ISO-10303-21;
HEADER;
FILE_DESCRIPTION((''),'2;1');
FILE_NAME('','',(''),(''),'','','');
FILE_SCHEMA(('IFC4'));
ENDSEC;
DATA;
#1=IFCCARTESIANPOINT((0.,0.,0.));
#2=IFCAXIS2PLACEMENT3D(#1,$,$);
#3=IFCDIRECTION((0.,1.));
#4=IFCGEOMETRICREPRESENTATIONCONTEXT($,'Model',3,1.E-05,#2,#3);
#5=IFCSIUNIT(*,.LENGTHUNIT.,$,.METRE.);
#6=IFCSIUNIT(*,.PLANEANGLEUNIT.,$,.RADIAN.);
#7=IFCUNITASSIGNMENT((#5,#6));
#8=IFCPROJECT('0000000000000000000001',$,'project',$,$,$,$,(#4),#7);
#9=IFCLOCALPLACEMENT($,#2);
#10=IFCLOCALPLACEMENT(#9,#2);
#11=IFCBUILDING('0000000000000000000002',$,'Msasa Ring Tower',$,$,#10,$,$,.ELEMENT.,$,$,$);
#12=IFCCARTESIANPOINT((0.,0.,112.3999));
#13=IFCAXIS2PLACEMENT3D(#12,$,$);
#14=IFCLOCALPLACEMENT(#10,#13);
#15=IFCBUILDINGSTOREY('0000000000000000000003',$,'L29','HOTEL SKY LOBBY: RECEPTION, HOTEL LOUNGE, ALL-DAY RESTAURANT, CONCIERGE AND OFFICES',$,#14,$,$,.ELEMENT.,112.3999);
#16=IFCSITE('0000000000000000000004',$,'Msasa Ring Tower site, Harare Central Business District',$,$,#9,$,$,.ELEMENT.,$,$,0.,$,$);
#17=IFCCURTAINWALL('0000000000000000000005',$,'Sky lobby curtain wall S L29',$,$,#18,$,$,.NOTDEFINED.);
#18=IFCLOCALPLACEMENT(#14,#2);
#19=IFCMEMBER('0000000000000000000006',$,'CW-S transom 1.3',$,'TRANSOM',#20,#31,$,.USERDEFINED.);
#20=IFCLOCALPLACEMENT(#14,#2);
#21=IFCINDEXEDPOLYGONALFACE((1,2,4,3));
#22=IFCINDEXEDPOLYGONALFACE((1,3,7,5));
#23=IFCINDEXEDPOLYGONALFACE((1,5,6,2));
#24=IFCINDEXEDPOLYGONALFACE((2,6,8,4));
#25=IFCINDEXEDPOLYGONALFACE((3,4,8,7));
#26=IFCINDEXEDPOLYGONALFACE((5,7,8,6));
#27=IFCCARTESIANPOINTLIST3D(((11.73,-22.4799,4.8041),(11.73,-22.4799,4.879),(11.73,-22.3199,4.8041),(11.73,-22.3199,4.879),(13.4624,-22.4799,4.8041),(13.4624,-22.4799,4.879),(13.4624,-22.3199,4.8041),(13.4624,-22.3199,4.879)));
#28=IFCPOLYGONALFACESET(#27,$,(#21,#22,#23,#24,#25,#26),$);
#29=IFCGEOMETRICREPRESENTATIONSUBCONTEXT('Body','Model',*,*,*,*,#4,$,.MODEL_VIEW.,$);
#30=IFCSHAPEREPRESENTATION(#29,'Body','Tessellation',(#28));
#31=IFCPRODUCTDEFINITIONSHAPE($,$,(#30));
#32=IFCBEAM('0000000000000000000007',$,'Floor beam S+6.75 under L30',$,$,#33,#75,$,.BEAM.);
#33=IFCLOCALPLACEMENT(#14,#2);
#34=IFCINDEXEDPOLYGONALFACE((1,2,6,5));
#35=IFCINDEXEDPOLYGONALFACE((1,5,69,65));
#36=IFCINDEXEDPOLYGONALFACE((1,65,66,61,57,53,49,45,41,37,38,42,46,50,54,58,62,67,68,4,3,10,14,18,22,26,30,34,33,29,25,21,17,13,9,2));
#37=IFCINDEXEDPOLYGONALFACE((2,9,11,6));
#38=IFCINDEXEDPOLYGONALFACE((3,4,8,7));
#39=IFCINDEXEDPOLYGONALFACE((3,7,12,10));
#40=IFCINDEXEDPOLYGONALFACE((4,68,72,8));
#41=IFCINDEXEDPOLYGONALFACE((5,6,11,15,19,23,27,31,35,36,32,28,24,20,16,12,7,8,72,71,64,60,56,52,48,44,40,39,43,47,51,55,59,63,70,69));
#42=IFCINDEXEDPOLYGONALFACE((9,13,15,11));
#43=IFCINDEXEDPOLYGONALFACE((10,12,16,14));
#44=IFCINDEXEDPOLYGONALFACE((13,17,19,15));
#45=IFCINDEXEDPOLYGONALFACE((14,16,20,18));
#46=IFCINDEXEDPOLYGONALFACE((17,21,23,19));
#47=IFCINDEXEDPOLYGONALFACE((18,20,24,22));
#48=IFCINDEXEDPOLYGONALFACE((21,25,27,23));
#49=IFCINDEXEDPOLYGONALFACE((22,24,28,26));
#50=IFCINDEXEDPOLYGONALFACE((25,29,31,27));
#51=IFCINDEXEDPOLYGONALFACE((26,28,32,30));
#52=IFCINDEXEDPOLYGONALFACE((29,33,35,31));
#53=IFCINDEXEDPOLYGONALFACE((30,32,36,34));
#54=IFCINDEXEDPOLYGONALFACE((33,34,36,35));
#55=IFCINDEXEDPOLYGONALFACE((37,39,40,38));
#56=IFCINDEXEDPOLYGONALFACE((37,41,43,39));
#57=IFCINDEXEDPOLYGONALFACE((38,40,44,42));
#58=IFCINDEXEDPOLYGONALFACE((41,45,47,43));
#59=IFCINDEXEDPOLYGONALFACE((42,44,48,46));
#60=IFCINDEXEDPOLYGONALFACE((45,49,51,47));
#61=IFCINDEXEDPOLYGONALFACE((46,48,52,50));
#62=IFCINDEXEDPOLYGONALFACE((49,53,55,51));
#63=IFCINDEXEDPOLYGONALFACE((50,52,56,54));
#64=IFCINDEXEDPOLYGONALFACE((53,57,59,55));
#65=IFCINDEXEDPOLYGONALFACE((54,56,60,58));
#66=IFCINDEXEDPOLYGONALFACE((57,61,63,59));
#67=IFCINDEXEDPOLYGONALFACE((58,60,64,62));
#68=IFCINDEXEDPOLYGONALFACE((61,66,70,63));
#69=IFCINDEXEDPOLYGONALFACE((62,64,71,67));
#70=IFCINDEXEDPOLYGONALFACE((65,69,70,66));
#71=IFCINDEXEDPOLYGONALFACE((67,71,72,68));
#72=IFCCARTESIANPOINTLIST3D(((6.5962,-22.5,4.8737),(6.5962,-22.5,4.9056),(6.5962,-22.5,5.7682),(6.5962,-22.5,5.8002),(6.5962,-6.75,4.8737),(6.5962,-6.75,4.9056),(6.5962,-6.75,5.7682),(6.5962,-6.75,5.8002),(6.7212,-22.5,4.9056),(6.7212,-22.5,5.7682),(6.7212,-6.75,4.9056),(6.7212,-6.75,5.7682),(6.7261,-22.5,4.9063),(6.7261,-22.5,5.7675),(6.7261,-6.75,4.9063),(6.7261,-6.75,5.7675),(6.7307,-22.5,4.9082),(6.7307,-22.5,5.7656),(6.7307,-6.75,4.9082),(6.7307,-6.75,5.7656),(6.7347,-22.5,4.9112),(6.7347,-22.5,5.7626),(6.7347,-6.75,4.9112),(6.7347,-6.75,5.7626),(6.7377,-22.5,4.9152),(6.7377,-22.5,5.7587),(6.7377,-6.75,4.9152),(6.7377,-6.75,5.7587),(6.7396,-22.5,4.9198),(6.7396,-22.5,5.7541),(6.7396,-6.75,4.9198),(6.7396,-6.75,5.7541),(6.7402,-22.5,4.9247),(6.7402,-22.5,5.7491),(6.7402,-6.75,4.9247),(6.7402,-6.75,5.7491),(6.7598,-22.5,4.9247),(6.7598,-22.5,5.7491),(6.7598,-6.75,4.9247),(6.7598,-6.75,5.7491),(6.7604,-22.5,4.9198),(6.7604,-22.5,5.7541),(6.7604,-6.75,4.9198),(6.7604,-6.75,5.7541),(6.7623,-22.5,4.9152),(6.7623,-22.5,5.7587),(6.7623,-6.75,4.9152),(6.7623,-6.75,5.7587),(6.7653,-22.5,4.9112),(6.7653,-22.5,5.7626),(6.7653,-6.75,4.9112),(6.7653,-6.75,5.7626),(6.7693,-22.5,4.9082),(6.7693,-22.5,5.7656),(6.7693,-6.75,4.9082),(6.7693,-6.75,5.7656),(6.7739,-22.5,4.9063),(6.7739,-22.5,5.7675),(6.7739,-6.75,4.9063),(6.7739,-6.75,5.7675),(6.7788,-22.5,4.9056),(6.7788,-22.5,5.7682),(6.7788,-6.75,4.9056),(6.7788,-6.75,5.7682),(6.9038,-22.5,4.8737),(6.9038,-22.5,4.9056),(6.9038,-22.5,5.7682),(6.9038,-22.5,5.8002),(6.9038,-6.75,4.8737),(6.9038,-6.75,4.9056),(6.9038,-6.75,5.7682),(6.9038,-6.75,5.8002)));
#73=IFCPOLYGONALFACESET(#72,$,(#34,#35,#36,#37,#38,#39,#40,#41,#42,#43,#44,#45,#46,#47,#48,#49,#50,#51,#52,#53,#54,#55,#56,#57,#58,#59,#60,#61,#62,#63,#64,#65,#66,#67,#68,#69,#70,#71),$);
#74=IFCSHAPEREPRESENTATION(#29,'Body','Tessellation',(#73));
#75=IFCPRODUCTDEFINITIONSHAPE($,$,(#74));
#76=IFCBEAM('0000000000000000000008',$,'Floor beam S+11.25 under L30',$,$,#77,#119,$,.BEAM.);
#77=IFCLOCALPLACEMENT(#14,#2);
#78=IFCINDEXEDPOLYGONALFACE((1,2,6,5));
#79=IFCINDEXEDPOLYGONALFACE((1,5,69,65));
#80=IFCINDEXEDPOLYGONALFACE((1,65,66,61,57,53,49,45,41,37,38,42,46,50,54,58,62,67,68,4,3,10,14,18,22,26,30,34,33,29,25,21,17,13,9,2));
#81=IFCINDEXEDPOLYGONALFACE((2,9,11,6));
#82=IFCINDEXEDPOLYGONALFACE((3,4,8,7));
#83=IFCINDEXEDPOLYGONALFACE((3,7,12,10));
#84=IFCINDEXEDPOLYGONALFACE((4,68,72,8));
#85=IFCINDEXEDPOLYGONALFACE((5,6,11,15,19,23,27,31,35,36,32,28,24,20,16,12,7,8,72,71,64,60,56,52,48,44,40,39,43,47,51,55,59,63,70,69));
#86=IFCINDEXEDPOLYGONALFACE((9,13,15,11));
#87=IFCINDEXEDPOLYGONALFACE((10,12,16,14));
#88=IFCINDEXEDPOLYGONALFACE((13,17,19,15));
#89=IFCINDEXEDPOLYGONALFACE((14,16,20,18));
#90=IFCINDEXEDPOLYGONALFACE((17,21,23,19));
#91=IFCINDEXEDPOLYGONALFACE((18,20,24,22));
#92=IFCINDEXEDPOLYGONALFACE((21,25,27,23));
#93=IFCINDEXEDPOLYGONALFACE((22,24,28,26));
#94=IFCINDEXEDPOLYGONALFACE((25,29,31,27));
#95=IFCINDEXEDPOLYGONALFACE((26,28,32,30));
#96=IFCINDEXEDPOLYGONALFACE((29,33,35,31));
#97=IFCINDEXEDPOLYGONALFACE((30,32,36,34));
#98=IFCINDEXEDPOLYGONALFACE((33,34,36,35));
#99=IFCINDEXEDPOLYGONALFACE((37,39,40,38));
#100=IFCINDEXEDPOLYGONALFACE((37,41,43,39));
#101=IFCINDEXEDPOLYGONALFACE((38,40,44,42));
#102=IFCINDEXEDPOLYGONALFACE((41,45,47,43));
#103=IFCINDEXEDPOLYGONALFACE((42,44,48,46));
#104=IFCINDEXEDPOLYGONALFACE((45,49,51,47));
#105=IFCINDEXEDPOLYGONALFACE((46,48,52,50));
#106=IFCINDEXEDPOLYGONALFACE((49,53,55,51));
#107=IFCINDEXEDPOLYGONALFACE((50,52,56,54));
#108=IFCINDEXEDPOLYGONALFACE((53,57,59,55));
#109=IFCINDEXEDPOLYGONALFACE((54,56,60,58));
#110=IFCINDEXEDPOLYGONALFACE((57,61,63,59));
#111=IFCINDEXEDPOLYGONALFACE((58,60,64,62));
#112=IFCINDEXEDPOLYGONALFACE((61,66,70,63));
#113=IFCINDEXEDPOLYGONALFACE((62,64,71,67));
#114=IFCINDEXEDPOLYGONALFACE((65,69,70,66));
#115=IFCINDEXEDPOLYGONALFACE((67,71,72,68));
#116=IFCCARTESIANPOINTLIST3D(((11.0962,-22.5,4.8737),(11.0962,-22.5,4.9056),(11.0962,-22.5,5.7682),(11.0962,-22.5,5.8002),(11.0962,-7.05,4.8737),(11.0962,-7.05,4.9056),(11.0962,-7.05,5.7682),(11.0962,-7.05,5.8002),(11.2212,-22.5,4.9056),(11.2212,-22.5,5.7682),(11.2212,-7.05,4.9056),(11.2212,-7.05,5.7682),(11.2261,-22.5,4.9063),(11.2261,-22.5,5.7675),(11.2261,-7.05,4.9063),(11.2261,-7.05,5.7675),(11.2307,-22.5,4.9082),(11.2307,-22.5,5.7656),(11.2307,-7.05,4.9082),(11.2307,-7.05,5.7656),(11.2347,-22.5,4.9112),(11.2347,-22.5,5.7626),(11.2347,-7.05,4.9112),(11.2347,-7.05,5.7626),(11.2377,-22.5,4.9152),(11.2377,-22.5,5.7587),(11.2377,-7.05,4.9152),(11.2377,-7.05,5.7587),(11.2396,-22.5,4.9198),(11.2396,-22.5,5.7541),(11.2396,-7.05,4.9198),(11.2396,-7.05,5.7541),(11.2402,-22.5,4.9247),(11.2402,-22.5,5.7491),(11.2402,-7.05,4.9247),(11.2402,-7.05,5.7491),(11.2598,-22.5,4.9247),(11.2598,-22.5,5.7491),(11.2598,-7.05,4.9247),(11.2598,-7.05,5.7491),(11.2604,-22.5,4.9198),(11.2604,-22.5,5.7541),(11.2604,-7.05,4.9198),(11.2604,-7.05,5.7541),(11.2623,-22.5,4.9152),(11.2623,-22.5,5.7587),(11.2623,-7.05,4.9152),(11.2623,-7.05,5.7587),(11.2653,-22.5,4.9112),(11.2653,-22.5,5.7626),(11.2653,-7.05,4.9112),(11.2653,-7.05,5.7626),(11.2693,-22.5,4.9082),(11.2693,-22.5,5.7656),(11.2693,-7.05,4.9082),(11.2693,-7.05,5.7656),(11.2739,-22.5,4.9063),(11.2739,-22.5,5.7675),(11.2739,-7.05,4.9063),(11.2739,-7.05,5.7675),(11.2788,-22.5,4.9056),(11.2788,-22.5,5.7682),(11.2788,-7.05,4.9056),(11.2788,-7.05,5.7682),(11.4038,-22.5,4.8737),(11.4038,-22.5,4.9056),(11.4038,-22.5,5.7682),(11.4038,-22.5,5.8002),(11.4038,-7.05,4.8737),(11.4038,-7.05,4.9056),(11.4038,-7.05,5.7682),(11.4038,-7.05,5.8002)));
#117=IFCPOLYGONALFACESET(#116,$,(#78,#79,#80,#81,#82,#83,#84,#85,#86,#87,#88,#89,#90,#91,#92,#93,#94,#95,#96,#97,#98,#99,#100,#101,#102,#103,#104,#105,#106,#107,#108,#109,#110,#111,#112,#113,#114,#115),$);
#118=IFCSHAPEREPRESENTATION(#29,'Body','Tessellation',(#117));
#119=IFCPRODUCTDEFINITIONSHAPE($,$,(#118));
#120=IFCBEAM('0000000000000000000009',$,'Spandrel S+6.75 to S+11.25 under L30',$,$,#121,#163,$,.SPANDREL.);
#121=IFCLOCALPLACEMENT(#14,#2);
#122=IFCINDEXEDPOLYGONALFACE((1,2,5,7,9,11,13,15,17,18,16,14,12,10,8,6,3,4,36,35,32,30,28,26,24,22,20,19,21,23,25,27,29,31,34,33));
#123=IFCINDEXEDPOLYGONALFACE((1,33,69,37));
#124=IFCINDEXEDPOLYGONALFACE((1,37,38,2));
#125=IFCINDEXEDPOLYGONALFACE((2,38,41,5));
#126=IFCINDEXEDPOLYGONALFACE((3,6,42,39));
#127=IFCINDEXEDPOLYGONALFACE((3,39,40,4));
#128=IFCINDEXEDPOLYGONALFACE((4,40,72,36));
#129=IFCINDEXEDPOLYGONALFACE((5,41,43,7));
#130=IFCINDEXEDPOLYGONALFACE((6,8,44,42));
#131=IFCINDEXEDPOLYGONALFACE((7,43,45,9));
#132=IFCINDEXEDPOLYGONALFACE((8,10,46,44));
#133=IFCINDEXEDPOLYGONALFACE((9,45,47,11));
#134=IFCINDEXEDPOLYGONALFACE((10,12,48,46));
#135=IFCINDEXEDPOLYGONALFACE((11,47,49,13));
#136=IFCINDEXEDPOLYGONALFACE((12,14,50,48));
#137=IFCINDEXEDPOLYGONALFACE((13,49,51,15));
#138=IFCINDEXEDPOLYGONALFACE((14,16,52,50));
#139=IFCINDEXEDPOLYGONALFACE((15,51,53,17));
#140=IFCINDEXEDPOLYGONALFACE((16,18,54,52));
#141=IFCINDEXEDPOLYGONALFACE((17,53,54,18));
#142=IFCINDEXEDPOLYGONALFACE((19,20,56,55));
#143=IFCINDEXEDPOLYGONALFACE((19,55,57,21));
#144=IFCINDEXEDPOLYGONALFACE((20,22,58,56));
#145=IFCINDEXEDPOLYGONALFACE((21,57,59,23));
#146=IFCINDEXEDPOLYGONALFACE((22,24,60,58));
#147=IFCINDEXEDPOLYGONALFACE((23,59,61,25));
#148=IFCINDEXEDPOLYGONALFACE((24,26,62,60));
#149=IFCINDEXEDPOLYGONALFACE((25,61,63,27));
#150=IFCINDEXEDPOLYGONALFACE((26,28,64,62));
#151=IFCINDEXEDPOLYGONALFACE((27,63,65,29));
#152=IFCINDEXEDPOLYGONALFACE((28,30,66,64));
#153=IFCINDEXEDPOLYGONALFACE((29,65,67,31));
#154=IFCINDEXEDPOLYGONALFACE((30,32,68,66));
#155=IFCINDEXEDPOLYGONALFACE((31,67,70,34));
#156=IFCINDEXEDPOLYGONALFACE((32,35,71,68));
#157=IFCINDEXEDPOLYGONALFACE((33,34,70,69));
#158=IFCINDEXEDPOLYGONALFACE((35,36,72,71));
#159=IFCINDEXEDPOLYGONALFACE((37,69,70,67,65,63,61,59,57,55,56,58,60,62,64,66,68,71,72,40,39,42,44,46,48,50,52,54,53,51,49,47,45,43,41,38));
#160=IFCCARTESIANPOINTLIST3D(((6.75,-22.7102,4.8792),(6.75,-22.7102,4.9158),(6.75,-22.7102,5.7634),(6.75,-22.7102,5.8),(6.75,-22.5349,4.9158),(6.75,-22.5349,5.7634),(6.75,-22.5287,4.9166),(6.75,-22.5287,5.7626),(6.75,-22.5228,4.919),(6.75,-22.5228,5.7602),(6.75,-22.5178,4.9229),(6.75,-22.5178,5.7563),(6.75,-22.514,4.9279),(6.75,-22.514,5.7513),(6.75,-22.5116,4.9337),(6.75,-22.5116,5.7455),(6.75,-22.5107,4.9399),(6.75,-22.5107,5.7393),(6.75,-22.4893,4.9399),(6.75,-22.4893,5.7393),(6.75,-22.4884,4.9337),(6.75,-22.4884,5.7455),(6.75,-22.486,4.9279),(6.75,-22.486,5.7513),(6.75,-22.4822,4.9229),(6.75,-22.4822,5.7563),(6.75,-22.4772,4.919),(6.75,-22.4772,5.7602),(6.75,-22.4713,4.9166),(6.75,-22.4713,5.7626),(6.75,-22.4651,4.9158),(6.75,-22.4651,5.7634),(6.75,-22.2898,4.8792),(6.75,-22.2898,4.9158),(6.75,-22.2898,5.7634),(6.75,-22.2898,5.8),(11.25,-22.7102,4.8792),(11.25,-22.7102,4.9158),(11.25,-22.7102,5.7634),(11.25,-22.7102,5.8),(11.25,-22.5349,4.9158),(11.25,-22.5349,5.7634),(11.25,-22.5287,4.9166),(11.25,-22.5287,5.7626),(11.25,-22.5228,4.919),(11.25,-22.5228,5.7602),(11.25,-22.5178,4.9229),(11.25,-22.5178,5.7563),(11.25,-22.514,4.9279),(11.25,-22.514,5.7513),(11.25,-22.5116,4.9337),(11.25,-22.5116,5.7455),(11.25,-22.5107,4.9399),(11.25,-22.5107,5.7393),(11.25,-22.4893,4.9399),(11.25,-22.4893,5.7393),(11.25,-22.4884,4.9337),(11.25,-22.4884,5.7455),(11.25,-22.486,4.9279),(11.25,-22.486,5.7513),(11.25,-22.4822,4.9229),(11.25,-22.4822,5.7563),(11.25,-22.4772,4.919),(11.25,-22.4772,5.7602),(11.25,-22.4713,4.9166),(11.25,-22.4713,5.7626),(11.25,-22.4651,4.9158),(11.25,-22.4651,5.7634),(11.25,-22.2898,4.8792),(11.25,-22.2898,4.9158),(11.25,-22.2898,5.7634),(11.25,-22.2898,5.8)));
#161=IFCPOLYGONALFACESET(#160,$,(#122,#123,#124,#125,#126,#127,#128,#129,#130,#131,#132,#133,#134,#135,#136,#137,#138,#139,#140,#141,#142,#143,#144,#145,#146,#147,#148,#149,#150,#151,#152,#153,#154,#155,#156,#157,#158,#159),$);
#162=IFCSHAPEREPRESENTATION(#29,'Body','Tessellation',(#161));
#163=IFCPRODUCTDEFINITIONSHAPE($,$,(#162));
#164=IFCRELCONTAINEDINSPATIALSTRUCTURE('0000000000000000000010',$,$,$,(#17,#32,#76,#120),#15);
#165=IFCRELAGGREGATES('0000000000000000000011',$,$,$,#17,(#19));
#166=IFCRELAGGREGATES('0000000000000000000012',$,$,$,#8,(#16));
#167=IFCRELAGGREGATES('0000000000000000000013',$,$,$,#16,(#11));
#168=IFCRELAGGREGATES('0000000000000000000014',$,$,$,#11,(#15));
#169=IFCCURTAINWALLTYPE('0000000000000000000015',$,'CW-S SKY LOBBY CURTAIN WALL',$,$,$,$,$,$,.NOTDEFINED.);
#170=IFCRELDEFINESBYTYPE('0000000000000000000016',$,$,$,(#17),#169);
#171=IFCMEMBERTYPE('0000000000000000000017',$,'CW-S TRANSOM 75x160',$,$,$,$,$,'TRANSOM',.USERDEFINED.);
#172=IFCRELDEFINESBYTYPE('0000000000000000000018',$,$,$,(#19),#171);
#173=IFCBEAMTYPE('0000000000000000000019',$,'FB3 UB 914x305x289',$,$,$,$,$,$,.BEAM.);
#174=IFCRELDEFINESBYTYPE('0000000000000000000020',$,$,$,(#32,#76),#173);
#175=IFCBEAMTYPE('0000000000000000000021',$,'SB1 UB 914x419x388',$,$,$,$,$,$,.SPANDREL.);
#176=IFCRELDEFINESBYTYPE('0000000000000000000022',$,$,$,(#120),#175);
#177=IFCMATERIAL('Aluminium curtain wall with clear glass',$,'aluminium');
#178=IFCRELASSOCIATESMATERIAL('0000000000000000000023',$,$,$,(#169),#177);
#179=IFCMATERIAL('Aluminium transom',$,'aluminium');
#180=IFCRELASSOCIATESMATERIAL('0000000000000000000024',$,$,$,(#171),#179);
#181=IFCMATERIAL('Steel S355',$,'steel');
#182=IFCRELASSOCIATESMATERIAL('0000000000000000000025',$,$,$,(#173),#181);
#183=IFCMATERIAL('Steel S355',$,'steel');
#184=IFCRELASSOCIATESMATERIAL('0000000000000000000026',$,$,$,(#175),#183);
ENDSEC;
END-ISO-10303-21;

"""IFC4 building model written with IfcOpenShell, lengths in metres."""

from ifc_helpers import new_model, si_unit, direction, frame, origin, origin_2d, place, context, subcontext, project, spatial, rectangle, i_section, extrude, material, material_profile, profile_set, type_object, element, aggregate, save


model = new_model("IFC4")

# Units and contexts
model_context = context("Model", 3, precision=1e-05, world=origin(), true_north=direction((0.0, 1.0)))
body_context = subcontext(model_context, "Body", "Model", "MODEL_VIEW")
ifc_project = project(units=[si_unit("LENGTHUNIT", "METRE"), si_unit("PLANEANGLEUNIT", "RADIAN")], contexts=[model_context])

# Site, building, storey
site_placement = place(None, origin())
site = spatial("IfcSite", under=ifc_project, at=site_placement, Name="Msasa Ring Tower site, Harare Central Business District", CompositionType="ELEMENT", RefElevation=0.0)
building_placement = place(site_placement, origin())
building = spatial("IfcBuilding", under=site, at=building_placement, Name="Msasa Ring Tower", CompositionType="ELEMENT")
storey_placement = place(building_placement, frame((0.0, 0.0, 112.3999)))
storey = spatial("IfcBuildingStorey", under=building, at=storey_placement, Name="L29", Description="HOTEL SKY LOBBY: RECEPTION, HOTEL LOUNGE, ALL-DAY RESTAURANT, CONCIERGE AND OFFICES", CompositionType="ELEMENT", Elevation=112.3999)

# Shared definitions
ifc_material_1 = material(Name="Aluminium curtain wall with clear glass", Category="aluminium")
curtain_wall_type = type_object("IfcCurtainWallType", Name="CW-S SKY LOBBY CURTAIN WALL", PredefinedType="NOTDEFINED", material=ifc_material_1)

# Curtain wall
curtain_wall_1_placement = place(storey_placement, origin())
curtain_wall_1 = element("IfcCurtainWall", 1, at=curtain_wall_1_placement, inside=storey, type_object=curtain_wall_type, Name="Sky lobby curtain wall S L29", PredefinedType="NOTDEFINED")

# Member
ifc_material_2 = material(Name="Aluminium transom", Category="aluminium")
ifc_material_profile_1 = material_profile(ifc_material_2, rectangle(XDim=0.1599, YDim=0.075, at=origin_2d()), Name="AL 75x160")
ifc_profile_set_1 = profile_set([ifc_material_profile_1], Name="Aluminium transom")
member_type_1 = type_object("IfcMemberType", Name="CW-S TRANSOM 75x160", ElementType="TRANSOM", PredefinedType="USERDEFINED", material=ifc_profile_set_1)
member_1_placement = place(storey_placement, frame((11.73, -22.3999, 4.8416), z_axis=(1.0, 0.0, 0.0), x_axis=(0.0, 1.0, 0.0)))
member_1 = element("IfcMember", 2, at=member_1_placement, type_object=member_type_1, Name="CW-S transom 1.3", ObjectType="TRANSOM", PredefinedType="USERDEFINED", context=body_context, shape_type="SweptSolid", body=[
    extrude(rectangle(XDim=0.1599, YDim=0.075, at=origin_2d()), origin(), (0.0, 0.0, 1.0), 1.7324),
])
aggregate(curtain_wall_1, [member_1])

# Beams
ifc_material_3 = material(Name="Steel S355", Category="steel")
ifc_material_profile_2 = material_profile(ifc_material_3, i_section(OverallWidth=0.3076, OverallDepth=0.9265, WebThickness=0.0195, FlangeThickness=0.032, FilletRadius=0.019, at=origin_2d()), Name="UB 914x305x289")
ifc_profile_set_2 = profile_set([ifc_material_profile_2], Name="Steel S355")
beam_type_1 = type_object("IfcBeamType", Name="FB3 UB 914x305x289", PredefinedType="BEAM", material=ifc_profile_set_2)
beam_1_placement = place(storey_placement, frame((6.75, -22.5, 5.3369), z_axis=(0.0, 1.0, 0.0), x_axis=(-1.0, 0.0, 0.0)))
element("IfcBeam", 3, at=beam_1_placement, inside=storey, type_object=beam_type_1, Name="Floor beam S+6.75 under L30", PredefinedType="BEAM", context=body_context, shape_type="SweptSolid", body=[
    extrude(i_section(OverallWidth=0.3076, OverallDepth=0.9265, WebThickness=0.0195, FlangeThickness=0.032, FilletRadius=0.019, at=origin_2d()), origin(), (0.0, 0.0, 1.0), 15.75),
])
beam_2_placement = place(storey_placement, frame((11.25, -22.5, 5.3369), z_axis=(0.0, 1.0, 0.0), x_axis=(-1.0, 0.0, 0.0)))
element("IfcBeam", 4, at=beam_2_placement, inside=storey, type_object=beam_type_1, Name="Floor beam S+11.25 under L30", PredefinedType="BEAM", context=body_context, shape_type="SweptSolid", body=[
    extrude(i_section(OverallWidth=0.3076, OverallDepth=0.9265, WebThickness=0.0195, FlangeThickness=0.032, FilletRadius=0.019, at=origin_2d()), origin(), (0.0, 0.0, 1.0), 15.45),
])
ifc_material_4 = material(Name="Steel S355", Category="steel")
ifc_material_profile_3 = material_profile(ifc_material_4, i_section(OverallWidth=0.4204, OverallDepth=0.9209, WebThickness=0.0215, FlangeThickness=0.0366, FilletRadius=0.0242, at=origin_2d()), Name="UB 914x419x388")
ifc_profile_set_3 = profile_set([ifc_material_profile_3], Name="Steel S355")
beam_type_2 = type_object("IfcBeamType", Name="SB1 UB 914x419x388", PredefinedType="SPANDREL", material=ifc_profile_set_3)
for number, where, z_axis, x_axis, name in (
    (5, (6.75, -22.5, 5.3396), (1.0, 0.0, 0.0), (0.0, 1.0, 0.0), "Spandrel S+6.75 to S+11.25 under L30"),
):
    element("IfcBeam", number, at=place(storey_placement, frame(where, z_axis=z_axis, x_axis=x_axis)), inside=storey, type_object=beam_type_2, Name=name, PredefinedType="SPANDREL", context=body_context, shape_type="SweptSolid", body=[
        extrude(i_section(OverallWidth=0.4204, OverallDepth=0.9209, WebThickness=0.0215, FlangeThickness=0.0366, FilletRadius=0.0242, at=origin_2d()), origin(), (0.0, 0.0, 1.0), 4.5),
    ])

save(model, "model.ifc")
